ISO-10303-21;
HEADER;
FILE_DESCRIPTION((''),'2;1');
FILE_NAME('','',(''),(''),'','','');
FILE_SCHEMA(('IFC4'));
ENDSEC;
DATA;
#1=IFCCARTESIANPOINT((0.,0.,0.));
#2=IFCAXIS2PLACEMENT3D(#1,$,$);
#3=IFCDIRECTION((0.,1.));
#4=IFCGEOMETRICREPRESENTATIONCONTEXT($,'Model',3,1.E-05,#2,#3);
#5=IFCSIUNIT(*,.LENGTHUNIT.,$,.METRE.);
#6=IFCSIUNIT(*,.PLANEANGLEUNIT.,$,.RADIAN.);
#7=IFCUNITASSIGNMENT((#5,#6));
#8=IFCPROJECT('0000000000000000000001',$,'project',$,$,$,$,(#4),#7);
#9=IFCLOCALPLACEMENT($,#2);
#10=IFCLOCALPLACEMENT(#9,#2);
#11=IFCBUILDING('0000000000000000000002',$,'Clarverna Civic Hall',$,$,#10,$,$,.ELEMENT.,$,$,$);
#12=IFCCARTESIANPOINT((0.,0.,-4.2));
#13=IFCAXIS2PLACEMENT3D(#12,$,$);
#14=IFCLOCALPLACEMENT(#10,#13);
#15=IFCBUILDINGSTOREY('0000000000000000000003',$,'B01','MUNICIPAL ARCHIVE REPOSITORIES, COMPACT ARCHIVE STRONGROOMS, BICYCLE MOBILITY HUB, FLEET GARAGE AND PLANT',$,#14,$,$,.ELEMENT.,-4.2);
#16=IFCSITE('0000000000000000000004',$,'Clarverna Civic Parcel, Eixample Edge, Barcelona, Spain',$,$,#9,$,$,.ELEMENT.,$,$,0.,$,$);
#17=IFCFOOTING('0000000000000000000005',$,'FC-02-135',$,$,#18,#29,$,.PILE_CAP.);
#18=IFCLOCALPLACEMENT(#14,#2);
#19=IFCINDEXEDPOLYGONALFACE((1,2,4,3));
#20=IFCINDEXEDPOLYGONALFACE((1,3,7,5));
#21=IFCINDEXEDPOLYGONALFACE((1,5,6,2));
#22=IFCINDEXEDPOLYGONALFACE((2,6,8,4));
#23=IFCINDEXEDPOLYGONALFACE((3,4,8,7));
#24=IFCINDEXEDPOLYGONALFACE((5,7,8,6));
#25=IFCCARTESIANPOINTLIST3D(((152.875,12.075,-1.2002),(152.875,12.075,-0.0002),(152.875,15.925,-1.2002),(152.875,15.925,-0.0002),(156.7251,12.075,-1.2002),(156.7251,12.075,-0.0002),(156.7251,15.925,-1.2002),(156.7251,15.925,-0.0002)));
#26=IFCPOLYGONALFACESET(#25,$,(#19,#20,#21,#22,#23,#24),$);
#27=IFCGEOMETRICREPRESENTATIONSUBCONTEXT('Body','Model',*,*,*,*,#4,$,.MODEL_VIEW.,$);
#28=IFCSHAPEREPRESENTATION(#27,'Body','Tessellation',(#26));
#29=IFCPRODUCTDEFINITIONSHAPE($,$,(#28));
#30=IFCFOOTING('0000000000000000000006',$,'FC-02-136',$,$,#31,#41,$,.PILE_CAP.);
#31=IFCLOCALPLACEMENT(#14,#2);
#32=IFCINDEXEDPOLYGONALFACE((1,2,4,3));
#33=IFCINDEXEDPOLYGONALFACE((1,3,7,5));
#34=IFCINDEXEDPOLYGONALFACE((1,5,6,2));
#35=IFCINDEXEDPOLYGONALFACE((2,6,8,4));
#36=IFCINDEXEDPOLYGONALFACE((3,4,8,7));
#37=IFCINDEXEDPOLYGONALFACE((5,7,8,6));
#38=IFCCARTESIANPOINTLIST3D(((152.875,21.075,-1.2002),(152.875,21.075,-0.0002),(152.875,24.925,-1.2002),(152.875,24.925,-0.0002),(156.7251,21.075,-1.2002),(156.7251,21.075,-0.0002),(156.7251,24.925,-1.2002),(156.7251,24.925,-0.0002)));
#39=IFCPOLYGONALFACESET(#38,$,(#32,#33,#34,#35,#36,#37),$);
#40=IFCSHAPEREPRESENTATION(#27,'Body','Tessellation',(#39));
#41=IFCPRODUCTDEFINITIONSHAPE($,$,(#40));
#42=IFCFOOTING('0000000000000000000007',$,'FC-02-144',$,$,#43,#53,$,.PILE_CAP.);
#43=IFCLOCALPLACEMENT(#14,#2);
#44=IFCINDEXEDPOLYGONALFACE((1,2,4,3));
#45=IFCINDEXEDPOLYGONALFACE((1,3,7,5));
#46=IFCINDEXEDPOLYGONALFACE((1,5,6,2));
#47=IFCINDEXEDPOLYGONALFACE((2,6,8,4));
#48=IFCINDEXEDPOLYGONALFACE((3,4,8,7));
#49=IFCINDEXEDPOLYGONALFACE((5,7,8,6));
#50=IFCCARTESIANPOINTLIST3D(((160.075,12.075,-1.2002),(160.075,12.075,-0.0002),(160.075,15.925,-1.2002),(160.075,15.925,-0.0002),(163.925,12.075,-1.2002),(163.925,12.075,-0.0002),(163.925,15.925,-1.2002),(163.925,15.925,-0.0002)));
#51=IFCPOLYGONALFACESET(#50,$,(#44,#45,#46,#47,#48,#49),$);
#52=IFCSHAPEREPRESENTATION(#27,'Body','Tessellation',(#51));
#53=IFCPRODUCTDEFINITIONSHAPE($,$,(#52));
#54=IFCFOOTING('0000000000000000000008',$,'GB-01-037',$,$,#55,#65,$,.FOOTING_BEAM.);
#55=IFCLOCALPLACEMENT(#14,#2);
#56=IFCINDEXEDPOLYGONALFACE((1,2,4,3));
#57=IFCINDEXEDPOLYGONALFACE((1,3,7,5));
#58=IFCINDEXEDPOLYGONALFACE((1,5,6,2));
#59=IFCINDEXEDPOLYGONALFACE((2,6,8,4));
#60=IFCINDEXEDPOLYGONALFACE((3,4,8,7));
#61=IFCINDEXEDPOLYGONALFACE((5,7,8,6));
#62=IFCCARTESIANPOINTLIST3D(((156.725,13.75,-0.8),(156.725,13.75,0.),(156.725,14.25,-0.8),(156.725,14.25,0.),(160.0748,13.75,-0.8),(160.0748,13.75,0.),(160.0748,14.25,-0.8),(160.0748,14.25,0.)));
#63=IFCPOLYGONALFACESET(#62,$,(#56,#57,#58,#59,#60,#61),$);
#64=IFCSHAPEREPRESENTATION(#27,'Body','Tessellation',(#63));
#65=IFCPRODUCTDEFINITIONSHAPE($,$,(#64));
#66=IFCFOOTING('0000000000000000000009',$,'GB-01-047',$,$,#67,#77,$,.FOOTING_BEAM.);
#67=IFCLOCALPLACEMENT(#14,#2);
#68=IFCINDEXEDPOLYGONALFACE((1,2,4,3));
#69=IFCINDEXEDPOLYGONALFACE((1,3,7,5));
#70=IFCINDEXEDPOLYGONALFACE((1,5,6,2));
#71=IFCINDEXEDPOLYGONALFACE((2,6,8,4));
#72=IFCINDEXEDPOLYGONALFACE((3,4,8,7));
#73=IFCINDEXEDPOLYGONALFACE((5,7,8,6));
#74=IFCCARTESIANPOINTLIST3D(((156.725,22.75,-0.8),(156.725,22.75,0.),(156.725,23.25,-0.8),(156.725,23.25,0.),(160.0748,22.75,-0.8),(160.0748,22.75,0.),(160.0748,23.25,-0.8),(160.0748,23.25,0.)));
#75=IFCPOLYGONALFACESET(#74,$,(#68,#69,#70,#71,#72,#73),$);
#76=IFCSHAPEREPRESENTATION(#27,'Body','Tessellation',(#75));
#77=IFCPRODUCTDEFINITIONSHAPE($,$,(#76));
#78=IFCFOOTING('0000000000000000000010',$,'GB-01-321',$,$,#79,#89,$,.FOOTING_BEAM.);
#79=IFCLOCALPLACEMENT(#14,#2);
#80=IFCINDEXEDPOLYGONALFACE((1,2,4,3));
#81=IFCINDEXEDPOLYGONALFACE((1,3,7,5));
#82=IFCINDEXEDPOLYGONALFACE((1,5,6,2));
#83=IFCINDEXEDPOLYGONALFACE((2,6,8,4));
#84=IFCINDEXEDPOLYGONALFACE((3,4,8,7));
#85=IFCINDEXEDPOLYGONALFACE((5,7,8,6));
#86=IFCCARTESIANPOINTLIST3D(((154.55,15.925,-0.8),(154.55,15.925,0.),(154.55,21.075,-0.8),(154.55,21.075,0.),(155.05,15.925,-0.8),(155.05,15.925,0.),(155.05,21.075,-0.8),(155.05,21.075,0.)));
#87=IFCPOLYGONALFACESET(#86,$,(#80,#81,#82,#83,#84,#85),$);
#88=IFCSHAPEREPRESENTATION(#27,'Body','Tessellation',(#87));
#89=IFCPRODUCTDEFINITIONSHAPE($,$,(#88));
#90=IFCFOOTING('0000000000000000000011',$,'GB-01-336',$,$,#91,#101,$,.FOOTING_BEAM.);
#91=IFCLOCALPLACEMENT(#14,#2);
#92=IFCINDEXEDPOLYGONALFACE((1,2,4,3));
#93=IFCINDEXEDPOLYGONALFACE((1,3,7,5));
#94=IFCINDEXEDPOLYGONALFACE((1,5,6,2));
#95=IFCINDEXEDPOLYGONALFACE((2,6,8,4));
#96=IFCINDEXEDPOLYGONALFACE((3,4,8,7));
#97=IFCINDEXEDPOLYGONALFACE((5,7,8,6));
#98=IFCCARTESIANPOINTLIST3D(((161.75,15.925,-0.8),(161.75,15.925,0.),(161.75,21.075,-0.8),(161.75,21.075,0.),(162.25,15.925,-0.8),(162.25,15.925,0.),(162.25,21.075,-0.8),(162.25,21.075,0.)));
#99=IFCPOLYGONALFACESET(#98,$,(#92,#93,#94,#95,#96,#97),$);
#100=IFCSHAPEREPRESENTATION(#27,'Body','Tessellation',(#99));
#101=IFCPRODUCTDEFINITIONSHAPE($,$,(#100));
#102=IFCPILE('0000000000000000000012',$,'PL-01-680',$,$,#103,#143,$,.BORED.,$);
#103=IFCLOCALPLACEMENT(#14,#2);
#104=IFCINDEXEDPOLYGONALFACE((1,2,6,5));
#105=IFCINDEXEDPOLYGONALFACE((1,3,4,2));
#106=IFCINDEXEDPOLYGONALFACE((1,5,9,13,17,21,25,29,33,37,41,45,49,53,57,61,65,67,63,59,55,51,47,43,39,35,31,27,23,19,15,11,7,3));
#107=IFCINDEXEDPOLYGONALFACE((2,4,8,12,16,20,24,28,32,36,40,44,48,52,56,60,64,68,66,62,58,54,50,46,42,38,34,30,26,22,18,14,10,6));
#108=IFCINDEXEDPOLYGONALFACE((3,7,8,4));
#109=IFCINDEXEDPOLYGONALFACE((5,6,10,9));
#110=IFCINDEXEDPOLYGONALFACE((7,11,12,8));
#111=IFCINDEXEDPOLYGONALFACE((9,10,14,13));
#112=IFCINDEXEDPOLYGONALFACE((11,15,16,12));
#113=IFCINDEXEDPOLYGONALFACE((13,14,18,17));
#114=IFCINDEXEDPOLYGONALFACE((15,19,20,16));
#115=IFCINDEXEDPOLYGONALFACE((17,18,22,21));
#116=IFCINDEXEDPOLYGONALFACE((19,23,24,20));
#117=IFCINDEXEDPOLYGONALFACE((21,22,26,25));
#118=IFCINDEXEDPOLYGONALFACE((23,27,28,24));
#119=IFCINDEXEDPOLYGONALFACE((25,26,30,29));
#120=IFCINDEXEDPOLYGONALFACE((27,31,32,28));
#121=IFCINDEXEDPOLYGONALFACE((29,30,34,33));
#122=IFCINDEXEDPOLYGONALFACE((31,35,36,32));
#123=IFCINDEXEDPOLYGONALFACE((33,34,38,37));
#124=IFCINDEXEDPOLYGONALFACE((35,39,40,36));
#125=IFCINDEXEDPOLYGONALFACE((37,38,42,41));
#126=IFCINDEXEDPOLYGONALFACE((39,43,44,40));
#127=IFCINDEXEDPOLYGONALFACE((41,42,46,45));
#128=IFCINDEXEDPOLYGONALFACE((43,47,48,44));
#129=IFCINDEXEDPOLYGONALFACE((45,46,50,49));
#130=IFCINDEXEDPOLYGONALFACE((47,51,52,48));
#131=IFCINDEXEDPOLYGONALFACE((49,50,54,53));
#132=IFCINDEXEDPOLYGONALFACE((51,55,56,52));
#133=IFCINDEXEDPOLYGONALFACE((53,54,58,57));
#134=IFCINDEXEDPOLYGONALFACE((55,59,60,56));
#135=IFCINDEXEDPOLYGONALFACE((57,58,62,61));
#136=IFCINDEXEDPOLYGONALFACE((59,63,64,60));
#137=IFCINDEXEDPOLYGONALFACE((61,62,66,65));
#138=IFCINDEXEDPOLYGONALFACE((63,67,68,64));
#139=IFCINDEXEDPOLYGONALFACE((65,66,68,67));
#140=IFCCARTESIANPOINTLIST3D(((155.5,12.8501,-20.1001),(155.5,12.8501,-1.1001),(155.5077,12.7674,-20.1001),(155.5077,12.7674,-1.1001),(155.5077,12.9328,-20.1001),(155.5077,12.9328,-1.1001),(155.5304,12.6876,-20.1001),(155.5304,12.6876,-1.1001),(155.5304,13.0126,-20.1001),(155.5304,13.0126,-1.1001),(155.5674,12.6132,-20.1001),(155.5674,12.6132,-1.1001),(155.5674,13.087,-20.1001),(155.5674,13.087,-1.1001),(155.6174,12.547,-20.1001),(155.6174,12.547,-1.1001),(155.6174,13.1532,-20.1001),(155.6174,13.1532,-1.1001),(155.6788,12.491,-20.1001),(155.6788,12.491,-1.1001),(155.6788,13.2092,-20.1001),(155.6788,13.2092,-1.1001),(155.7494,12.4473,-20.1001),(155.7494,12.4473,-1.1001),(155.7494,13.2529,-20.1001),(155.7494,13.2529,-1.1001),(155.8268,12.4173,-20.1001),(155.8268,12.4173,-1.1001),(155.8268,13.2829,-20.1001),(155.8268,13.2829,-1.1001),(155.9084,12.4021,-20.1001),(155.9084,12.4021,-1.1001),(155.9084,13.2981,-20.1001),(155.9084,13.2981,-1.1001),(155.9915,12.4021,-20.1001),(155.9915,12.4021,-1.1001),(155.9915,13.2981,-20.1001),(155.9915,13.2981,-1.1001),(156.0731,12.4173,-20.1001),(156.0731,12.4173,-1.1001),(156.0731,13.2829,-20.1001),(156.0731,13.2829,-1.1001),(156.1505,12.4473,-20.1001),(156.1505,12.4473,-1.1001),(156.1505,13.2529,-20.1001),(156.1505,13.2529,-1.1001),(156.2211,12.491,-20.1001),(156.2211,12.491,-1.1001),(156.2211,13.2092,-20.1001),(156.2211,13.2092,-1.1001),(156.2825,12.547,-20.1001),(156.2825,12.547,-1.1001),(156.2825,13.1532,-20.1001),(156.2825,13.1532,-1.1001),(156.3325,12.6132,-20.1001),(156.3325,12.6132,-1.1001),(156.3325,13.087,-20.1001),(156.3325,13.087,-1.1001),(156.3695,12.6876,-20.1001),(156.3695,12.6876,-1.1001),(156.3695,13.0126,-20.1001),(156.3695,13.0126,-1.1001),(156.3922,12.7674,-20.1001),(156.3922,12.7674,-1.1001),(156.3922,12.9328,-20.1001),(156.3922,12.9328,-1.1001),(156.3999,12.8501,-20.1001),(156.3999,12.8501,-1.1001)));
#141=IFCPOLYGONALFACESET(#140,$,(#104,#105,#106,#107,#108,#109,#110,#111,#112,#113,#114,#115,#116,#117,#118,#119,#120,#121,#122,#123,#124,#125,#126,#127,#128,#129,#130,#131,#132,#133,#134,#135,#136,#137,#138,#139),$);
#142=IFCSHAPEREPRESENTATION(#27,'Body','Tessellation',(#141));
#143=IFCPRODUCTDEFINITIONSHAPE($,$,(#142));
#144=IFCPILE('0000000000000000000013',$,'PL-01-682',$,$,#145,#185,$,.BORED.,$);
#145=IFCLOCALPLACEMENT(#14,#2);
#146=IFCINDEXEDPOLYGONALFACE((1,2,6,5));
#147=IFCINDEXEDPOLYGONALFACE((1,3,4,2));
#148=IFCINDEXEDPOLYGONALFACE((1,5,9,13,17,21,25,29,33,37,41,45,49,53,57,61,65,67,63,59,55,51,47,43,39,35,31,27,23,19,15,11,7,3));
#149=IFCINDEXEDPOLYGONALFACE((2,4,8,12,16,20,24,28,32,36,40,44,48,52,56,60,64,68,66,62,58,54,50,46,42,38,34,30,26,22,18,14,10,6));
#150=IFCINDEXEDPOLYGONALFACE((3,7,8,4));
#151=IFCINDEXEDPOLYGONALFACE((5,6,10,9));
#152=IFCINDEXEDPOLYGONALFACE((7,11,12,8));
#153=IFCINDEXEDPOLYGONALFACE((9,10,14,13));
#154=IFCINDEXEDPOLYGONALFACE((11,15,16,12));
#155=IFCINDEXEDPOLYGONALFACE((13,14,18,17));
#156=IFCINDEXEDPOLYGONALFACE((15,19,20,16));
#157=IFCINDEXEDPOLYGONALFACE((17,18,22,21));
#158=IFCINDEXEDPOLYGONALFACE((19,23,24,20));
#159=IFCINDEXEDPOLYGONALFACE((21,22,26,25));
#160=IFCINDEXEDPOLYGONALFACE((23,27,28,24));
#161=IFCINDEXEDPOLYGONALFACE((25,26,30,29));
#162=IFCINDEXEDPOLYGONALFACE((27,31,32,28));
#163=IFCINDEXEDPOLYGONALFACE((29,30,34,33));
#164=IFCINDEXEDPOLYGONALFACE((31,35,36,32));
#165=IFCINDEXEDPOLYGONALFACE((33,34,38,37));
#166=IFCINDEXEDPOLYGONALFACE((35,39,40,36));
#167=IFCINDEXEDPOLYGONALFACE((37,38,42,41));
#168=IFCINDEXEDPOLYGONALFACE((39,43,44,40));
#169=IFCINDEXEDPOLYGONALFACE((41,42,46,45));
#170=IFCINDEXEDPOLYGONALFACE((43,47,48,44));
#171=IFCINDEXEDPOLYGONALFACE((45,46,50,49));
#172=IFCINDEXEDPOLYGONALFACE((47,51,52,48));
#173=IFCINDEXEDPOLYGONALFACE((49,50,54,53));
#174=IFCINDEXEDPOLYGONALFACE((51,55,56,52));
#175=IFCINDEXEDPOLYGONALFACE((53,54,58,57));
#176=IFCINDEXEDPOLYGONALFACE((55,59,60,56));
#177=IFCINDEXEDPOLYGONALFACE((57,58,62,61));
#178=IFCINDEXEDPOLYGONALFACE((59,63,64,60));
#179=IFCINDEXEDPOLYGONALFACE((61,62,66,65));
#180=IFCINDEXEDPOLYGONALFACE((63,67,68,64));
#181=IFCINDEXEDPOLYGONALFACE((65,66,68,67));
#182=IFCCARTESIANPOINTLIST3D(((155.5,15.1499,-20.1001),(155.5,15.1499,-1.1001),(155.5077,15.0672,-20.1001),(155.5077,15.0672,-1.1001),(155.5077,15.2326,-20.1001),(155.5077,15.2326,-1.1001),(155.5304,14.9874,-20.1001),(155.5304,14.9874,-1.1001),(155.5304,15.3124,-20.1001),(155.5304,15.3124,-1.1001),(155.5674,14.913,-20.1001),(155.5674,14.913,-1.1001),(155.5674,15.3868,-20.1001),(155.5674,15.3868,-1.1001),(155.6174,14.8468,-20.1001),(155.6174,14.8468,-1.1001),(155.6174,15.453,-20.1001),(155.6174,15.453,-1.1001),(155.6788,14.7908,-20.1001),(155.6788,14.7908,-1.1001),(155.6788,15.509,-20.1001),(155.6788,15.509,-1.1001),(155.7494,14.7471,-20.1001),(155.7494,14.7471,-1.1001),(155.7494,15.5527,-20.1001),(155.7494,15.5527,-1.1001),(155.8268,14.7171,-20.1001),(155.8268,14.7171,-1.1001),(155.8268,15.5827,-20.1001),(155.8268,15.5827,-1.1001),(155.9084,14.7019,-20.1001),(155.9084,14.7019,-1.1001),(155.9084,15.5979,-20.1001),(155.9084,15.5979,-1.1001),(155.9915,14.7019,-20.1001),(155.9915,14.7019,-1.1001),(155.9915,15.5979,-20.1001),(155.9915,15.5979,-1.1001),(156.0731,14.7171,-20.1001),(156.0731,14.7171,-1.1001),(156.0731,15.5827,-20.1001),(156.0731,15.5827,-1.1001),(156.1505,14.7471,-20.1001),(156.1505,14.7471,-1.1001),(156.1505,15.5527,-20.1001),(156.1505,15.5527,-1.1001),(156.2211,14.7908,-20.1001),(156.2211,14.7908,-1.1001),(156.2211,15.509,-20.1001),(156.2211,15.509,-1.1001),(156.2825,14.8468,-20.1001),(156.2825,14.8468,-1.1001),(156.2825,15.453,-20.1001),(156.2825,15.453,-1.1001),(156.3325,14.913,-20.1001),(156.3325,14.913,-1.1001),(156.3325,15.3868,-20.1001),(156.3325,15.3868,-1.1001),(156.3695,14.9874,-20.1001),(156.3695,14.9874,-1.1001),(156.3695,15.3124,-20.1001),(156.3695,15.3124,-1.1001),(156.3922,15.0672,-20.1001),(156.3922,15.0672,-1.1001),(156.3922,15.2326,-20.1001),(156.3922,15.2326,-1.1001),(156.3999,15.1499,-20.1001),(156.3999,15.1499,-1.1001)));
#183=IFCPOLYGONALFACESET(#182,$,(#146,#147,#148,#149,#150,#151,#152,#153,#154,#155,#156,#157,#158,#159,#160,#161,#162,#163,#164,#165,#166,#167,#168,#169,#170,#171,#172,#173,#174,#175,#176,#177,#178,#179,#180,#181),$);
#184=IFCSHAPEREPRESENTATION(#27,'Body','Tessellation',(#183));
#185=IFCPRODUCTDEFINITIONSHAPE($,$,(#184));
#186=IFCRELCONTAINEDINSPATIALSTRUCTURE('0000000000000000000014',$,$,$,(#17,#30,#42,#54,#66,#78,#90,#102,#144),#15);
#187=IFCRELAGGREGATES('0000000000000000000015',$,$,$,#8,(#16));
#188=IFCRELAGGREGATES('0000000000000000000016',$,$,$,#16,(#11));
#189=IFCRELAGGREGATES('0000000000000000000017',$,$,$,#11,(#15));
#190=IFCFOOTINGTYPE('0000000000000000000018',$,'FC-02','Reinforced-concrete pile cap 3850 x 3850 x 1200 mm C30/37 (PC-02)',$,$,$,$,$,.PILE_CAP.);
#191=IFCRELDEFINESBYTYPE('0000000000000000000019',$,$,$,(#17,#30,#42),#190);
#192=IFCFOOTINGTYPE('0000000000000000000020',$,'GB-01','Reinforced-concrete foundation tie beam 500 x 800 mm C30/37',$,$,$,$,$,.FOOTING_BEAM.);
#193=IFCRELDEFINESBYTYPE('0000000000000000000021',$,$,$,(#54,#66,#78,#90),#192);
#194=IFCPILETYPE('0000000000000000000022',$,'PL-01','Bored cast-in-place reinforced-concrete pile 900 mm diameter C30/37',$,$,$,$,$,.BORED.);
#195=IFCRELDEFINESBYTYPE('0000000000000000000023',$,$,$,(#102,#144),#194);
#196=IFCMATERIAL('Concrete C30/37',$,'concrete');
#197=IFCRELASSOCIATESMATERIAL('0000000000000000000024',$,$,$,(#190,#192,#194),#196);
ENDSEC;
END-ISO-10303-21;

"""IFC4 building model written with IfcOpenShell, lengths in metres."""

from ifc_helpers import new_model, si_unit, direction, frame, frame_2d, origin, origin_2d, place, context, subcontext, project, spatial, rectangle, circle, extrude, material, material_profile, profile_set, type_object, element, save


model = new_model("IFC4")

# Units and contexts
model_context = context("Model", 3, precision=1e-05, world=origin(), true_north=direction((0.0, 1.0)))
body_context = subcontext(model_context, "Body", "Model", "MODEL_VIEW")
ifc_project = project(units=[si_unit("LENGTHUNIT", "METRE"), si_unit("PLANEANGLEUNIT", "RADIAN")], contexts=[model_context])

# Site, building, storey
site_placement = place(None, origin())
site = spatial("IfcSite", under=ifc_project, at=site_placement, Name="Clarverna Civic Parcel, Eixample Edge, Barcelona, Spain", CompositionType="ELEMENT", RefElevation=0.0)
building_placement = place(site_placement, origin())
building = spatial("IfcBuilding", under=site, at=building_placement, Name="Clarverna Civic Hall", CompositionType="ELEMENT")
storey_placement = place(building_placement, frame((0.0, 0.0, -4.2)))
storey = spatial("IfcBuildingStorey", under=building, at=storey_placement, Name="B01", Description="MUNICIPAL ARCHIVE REPOSITORIES, COMPACT ARCHIVE STRONGROOMS, BICYCLE MOBILITY HUB, FLEET GARAGE AND PLANT", CompositionType="ELEMENT", Elevation=-4.2)

# Footings
ifc_material_1 = material(Name="Concrete C30/37", Category="concrete")
footing_type_1 = type_object("IfcFootingType", Name="FC-02", Description="Reinforced-concrete pile cap 3850 x 3850 x 1200 mm C30/37 (PC-02)", PredefinedType="PILE_CAP", material=ifc_material_1)
for number, where, z_axis, x_axis, name in (
    (1, (154.8, 14.0, -1.2002), (0.0, 0.0, 1.0), (1.0, 0.0, 0.0), "FC-02-135"),
    (2, (154.8, 23.0, -1.2002), (0.0, 0.0, 1.0), (1.0, 0.0, 0.0), "FC-02-136"),
    (3, (162.0, 14.0, -1.2002), (0.0, 0.0, 1.0), (1.0, 0.0, 0.0), "FC-02-144"),
):
    element("IfcFooting", number, at=place(storey_placement, frame(where, z_axis=z_axis, x_axis=x_axis)), inside=storey, type_object=footing_type_1, Name=name, PredefinedType="PILE_CAP", context=body_context, shape_type="SweptSolid", body=[
        extrude(rectangle(XDim=3.8501, YDim=3.8501, at=origin_2d()), origin(), (0.0, 0.0, 1.0), 1.2),
    ])
footing_type_2 = type_object("IfcFootingType", Name="GB-01", Description="Reinforced-concrete foundation tie beam 500 x 800 mm C30/37", PredefinedType="FOOTING_BEAM", material=ifc_material_1)
for number, where, z_axis, x_axis, name in (
    (4, (156.7251, 14.0, -0.8), (0.0, 0.0, 1.0), (1.0, 0.0, 0.0), "GB-01-037"),
    (5, (156.7251, 23.0, -0.8), (0.0, 0.0, 1.0), (1.0, 0.0, 0.0), "GB-01-047"),
):
    element("IfcFooting", number, at=place(storey_placement, frame(where, z_axis=z_axis, x_axis=x_axis)), inside=storey, type_object=footing_type_2, Name=name, PredefinedType="FOOTING_BEAM", context=body_context, shape_type="SweptSolid", body=[
        extrude(rectangle(XDim=3.3499, YDim=0.5, at=frame_2d((1.6748, 0.0))), origin(), (0.0, 0.0, 1.0), 0.8),
    ])
for number, where, z_axis, x_axis, name in (
    (6, (154.8, 15.925, -0.8), (0.0, 0.0, 1.0), (0.0, 1.0, 0.0), "GB-01-321"),
    (7, (162.0, 15.925, -0.8), (0.0, 0.0, 1.0), (0.0, 1.0, 0.0), "GB-01-336"),
):
    element("IfcFooting", number, at=place(storey_placement, frame(where, z_axis=z_axis, x_axis=x_axis)), inside=storey, type_object=footing_type_2, Name=name, PredefinedType="FOOTING_BEAM", context=body_context, shape_type="SweptSolid", body=[
        extrude(rectangle(XDim=5.1499, YDim=0.5, at=frame_2d((2.575, 0.0))), origin(), (0.0, 0.0, 1.0), 0.8),
    ])

# Piles
ifc_material_profile_1 = material_profile(ifc_material_1, circle(Radius=0.45, at=origin_2d()), Name="BORED PILE D900")
ifc_profile_set_1 = profile_set([ifc_material_profile_1], Name="Concrete C30/37")
pile_type = type_object("IfcPileType", Name="PL-01", Description="Bored cast-in-place reinforced-concrete pile 900 mm diameter C30/37", PredefinedType="BORED", material=ifc_profile_set_1)
for number, where, z_axis, x_axis, name in (
    (8, (155.95, 12.8501, -1.1001), (0.0, 0.0, -1.0), (1.0, 0.0, 0.0), "PL-01-680"),
    (9, (155.95, 15.1499, -1.1001), (0.0, 0.0, -1.0), (1.0, 0.0, 0.0), "PL-01-682"),
):
    element("IfcPile", number, at=place(storey_placement, frame(where, z_axis=z_axis, x_axis=x_axis)), inside=storey, type_object=pile_type, Name=name, PredefinedType="BORED", context=body_context, shape_type="SweptSolid", body=[
        extrude(circle(Radius=0.45, at=origin_2d()), origin(), (0.0, 0.0, 1.0), 19.0),
    ])

save(model, "model.ifc")
